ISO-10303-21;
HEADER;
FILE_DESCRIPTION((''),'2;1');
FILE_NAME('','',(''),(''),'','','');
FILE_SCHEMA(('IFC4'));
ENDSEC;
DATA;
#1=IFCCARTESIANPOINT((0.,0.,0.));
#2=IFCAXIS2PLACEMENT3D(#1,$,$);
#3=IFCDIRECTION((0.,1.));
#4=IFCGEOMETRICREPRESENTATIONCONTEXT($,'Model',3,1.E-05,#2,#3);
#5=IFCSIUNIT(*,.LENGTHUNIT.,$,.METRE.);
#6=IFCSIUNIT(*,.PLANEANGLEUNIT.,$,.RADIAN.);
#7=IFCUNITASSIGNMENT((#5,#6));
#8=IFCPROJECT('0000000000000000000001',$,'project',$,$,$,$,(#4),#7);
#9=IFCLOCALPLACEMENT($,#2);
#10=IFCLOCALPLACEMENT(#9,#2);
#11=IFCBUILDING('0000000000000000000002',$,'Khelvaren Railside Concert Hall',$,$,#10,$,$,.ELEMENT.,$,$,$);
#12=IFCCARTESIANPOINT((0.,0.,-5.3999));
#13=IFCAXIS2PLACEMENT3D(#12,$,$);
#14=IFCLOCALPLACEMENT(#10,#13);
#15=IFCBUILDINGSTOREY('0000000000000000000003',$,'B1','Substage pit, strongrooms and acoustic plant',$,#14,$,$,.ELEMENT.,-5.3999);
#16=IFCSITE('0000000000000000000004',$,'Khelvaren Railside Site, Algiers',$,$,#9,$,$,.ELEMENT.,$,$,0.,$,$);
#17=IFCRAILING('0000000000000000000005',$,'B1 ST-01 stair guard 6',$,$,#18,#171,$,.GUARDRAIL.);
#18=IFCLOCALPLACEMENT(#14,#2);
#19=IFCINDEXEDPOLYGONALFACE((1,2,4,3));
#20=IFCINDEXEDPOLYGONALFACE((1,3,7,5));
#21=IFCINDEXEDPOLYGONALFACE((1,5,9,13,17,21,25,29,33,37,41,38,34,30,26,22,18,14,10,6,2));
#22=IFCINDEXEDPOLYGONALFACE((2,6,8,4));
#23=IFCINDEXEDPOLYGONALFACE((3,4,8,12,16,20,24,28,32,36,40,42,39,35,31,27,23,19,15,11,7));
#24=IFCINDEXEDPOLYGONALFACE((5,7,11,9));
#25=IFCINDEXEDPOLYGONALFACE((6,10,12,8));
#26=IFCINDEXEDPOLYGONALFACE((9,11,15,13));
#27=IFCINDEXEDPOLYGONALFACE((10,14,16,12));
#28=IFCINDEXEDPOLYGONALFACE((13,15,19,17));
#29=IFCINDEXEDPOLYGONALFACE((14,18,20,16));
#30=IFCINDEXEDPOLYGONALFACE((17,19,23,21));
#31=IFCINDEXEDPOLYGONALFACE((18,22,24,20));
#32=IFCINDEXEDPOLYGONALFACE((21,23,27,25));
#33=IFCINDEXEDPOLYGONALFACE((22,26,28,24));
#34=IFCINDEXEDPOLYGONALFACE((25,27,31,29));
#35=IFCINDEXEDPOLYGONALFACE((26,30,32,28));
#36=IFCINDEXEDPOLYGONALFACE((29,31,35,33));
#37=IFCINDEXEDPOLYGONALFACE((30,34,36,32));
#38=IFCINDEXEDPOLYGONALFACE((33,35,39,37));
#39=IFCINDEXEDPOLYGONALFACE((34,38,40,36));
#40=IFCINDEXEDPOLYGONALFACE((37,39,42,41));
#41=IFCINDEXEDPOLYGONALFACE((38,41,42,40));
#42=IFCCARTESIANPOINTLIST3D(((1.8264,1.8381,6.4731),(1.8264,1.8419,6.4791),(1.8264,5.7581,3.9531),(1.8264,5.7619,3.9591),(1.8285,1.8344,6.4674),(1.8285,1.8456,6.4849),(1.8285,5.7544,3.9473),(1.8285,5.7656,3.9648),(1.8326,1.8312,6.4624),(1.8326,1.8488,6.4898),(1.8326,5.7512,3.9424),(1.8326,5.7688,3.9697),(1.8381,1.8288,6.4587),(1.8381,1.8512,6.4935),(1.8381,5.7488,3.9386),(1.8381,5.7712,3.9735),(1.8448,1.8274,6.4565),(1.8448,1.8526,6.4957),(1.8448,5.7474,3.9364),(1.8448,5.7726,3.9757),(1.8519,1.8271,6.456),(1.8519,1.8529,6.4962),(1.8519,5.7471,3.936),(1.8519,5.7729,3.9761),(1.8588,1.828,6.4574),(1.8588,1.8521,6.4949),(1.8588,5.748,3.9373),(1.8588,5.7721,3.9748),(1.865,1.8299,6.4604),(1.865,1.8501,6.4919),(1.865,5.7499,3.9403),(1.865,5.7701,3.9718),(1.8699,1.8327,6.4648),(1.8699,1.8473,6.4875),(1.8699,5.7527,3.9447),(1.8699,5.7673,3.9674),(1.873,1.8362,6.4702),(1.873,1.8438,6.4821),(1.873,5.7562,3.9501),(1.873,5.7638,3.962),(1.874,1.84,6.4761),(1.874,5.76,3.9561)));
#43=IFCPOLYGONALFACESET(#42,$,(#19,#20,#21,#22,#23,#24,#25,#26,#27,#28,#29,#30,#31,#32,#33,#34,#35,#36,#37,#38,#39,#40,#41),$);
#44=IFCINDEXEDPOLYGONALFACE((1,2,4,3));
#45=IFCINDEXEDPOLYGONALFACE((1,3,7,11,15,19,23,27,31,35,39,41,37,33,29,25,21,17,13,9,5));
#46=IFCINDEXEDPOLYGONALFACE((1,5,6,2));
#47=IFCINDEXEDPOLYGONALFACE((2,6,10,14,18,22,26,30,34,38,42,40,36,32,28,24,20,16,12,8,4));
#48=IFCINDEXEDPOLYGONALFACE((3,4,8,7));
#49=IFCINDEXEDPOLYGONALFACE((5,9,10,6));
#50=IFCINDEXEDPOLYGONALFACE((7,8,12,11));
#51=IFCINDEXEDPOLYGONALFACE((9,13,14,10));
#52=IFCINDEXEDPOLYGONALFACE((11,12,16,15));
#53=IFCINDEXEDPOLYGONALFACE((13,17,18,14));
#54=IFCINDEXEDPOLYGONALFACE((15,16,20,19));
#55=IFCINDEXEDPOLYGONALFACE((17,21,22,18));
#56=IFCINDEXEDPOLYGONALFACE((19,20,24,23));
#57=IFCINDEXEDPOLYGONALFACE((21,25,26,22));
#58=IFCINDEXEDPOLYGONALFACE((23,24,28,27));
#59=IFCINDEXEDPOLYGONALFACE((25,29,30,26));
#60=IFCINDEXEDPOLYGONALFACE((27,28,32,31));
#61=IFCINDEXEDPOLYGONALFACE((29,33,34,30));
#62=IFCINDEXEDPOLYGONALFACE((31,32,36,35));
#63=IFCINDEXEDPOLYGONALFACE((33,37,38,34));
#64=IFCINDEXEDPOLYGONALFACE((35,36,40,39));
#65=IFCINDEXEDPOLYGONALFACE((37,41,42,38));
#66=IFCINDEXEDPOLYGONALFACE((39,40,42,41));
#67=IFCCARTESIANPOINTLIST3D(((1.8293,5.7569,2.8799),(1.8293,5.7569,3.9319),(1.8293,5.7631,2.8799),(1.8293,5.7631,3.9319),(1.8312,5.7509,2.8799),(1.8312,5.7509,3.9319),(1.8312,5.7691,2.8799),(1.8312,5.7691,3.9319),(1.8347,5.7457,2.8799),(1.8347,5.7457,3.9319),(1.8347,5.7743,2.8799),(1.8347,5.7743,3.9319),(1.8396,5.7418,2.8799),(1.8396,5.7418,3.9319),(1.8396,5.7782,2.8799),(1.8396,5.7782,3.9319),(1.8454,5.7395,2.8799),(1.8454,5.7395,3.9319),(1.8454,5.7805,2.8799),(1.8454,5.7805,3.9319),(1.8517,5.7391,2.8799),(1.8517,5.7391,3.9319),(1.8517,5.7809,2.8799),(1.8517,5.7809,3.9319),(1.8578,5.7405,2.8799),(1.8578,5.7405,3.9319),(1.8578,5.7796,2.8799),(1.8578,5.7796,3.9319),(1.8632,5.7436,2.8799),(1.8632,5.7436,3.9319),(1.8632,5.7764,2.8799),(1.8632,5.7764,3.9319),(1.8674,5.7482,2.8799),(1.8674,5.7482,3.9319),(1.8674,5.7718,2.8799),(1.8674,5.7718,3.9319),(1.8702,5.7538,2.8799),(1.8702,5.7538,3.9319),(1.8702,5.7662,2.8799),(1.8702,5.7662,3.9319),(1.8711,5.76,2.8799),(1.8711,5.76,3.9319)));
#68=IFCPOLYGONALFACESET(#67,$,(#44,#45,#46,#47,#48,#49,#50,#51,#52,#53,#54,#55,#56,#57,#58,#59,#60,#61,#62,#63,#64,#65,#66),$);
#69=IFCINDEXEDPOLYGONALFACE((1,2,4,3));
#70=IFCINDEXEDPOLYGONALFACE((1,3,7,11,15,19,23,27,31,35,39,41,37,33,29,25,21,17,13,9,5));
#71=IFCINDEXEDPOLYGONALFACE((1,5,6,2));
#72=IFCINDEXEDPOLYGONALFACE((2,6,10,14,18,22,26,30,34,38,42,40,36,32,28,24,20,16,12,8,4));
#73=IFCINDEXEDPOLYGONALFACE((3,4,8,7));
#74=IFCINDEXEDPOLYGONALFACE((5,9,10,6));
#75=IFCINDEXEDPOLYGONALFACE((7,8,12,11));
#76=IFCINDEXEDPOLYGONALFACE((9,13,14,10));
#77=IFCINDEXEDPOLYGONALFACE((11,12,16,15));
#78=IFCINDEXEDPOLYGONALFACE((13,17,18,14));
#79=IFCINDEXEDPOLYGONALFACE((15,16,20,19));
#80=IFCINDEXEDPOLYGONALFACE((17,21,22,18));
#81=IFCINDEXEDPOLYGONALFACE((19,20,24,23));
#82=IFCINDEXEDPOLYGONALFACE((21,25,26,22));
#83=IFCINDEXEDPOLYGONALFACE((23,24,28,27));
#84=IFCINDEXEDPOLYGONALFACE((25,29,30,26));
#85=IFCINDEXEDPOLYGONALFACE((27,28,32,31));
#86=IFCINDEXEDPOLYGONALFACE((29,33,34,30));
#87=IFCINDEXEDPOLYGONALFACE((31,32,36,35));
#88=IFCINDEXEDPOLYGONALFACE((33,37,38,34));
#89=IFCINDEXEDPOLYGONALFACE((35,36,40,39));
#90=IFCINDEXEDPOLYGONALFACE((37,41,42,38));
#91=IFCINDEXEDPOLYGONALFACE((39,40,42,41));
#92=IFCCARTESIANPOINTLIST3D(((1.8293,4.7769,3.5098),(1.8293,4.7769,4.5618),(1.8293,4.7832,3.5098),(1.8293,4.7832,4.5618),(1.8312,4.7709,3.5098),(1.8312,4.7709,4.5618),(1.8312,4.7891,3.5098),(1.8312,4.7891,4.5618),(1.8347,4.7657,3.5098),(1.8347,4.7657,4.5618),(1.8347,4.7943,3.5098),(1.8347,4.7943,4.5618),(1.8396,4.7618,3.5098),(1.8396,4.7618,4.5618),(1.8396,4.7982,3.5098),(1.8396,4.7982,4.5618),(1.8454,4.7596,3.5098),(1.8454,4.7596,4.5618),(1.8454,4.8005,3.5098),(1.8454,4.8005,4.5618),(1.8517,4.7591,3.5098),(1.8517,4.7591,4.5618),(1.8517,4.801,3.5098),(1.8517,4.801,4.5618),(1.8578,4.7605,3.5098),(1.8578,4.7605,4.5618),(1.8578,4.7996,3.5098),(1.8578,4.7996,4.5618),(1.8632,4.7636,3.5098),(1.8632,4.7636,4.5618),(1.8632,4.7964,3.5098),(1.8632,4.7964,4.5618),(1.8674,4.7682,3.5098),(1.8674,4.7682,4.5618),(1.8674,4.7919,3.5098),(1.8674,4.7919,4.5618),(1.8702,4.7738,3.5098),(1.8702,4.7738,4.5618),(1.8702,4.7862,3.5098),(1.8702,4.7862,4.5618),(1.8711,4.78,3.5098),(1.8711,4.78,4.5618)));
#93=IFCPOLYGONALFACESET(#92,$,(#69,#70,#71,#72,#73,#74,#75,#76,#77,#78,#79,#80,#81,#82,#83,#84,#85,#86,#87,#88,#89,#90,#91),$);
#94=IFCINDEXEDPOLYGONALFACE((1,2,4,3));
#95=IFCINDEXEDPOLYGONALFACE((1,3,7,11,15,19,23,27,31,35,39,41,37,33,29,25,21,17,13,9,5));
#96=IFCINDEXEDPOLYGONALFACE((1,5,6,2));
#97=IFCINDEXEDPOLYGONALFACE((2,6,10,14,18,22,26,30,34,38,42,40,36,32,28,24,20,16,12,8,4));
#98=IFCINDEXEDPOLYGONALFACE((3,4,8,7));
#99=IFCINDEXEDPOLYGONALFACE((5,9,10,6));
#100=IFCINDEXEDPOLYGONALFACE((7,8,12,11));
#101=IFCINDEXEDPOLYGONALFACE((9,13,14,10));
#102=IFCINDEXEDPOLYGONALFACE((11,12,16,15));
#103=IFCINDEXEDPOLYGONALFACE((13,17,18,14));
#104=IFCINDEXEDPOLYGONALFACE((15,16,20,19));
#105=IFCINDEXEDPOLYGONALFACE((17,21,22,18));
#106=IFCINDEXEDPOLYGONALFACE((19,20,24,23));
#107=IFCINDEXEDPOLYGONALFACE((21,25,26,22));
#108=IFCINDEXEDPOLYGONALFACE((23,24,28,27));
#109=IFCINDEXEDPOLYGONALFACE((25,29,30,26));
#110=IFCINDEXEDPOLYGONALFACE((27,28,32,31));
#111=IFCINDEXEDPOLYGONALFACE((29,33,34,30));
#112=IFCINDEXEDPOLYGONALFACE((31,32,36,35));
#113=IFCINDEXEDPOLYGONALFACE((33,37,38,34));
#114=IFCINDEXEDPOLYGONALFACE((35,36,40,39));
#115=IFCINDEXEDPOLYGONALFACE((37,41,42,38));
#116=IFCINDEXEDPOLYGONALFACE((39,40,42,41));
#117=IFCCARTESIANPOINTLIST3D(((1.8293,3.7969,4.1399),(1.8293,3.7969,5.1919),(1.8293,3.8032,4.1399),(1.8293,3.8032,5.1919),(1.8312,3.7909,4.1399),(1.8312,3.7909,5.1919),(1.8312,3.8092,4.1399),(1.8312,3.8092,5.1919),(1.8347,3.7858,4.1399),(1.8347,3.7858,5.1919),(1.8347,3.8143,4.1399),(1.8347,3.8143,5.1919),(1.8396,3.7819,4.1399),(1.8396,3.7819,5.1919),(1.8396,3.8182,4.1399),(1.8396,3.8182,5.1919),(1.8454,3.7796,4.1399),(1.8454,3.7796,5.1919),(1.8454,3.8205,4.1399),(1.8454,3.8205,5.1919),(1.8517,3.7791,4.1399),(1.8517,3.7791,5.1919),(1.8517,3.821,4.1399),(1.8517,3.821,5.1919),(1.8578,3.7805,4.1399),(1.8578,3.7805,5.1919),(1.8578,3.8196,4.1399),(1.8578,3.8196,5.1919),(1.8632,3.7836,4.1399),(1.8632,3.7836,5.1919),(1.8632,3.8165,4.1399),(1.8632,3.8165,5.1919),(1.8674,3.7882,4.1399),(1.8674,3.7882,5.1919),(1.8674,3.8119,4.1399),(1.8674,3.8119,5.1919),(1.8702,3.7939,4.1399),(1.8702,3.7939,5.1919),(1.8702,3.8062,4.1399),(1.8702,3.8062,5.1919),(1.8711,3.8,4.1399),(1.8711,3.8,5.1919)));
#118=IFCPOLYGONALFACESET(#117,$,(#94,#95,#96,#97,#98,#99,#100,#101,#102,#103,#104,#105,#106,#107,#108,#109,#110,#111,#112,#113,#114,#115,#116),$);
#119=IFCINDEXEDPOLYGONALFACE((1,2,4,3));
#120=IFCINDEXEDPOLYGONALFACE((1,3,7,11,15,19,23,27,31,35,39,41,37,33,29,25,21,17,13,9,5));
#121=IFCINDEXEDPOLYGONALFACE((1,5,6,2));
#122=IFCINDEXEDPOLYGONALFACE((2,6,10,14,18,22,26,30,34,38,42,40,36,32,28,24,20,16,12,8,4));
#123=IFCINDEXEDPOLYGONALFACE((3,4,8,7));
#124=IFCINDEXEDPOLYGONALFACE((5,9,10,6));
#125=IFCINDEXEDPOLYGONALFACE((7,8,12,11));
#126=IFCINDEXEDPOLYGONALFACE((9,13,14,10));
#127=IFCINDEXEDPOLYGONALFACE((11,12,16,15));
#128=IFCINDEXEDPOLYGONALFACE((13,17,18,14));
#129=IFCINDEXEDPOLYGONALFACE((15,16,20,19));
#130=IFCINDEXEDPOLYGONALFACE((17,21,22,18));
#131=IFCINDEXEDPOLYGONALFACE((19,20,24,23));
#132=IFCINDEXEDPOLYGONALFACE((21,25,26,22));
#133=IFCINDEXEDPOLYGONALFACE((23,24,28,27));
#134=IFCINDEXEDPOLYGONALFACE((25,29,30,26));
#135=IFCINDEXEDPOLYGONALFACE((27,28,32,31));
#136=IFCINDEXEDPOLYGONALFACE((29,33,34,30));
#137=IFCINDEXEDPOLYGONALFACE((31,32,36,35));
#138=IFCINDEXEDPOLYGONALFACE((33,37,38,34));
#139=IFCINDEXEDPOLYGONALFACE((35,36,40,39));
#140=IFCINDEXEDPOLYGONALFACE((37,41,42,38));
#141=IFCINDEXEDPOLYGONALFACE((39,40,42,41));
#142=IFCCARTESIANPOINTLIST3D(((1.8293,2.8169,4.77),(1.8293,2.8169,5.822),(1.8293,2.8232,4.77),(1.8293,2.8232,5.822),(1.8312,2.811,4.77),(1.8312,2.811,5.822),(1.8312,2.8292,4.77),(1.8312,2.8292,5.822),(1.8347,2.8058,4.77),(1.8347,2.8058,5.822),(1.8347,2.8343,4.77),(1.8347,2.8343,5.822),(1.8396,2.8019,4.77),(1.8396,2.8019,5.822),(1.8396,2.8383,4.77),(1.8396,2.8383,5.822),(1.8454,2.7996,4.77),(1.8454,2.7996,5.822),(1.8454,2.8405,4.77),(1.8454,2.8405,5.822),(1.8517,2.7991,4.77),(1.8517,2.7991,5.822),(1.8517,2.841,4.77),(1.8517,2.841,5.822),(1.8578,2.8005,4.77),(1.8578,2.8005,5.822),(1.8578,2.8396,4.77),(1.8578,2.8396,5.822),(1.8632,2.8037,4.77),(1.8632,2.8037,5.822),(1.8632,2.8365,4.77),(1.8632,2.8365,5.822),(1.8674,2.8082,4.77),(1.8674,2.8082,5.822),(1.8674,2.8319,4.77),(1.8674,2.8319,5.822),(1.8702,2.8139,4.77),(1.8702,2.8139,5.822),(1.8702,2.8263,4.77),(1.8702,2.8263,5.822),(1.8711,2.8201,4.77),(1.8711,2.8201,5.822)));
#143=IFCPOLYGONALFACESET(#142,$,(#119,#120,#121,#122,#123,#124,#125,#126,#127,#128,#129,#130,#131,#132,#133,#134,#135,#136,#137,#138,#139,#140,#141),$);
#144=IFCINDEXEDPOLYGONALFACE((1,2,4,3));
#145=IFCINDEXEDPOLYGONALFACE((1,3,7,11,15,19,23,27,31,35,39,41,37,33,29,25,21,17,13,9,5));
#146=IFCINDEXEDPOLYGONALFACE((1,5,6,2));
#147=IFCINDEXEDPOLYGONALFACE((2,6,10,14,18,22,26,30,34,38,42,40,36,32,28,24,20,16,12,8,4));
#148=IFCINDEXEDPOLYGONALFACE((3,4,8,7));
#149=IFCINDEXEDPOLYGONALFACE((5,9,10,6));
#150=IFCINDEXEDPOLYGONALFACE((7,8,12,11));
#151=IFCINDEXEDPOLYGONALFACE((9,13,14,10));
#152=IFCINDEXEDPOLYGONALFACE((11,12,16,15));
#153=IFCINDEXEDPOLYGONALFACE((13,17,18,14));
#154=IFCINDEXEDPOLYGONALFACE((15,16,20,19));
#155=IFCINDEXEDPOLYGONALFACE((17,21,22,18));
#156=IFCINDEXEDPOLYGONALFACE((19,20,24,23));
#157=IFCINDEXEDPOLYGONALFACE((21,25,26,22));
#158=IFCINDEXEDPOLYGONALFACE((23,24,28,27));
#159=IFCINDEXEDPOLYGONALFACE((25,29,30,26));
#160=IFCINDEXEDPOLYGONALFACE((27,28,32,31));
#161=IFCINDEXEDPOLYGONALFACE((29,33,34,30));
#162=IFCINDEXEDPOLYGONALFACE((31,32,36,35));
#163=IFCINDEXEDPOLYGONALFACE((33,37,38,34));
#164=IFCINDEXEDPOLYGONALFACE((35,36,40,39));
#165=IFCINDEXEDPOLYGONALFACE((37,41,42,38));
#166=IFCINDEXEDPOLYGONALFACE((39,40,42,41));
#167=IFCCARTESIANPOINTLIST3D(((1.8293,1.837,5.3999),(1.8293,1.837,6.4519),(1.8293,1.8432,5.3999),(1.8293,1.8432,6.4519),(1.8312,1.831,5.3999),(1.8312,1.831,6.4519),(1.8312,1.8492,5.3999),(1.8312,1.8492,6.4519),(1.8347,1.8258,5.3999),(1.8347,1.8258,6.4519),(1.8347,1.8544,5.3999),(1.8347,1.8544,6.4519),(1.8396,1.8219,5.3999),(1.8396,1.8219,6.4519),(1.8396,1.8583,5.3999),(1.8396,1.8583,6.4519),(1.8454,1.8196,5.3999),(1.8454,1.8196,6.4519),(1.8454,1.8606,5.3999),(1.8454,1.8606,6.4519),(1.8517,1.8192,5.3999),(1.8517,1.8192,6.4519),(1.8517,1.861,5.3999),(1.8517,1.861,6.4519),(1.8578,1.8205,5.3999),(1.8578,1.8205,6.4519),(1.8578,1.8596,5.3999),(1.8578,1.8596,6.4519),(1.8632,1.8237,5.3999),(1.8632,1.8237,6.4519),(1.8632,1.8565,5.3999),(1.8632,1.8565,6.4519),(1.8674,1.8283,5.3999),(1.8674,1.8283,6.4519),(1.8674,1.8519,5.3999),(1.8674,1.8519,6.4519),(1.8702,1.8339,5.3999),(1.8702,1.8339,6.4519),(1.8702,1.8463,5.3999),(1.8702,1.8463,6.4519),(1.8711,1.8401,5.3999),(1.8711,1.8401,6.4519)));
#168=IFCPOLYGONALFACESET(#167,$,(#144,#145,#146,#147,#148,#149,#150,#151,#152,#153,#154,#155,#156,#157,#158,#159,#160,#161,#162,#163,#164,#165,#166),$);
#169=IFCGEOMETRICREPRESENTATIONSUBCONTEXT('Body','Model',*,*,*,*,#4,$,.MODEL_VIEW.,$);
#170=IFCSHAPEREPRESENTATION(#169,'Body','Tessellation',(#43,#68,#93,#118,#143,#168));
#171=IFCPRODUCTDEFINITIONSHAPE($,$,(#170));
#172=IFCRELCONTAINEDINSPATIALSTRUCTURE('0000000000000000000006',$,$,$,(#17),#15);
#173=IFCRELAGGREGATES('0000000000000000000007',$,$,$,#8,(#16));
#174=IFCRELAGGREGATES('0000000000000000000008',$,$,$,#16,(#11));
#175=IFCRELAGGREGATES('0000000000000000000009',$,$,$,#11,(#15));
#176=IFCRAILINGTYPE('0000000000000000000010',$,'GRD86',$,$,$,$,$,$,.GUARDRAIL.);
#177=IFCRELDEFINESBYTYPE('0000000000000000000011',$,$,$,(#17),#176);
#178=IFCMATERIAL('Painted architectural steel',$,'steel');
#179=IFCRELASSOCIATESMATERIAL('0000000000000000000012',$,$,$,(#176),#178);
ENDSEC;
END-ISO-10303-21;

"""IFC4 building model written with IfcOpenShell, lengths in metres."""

from ifc_helpers import new_model, si_unit, direction, frame, origin, origin_2d, place, context, subcontext, project, spatial, circle, extrude, material, type_object, element, save


model = new_model("IFC4")

# Units and contexts
model_context = context("Model", 3, precision=1e-05, world=origin(), true_north=direction((0.0, 1.0)))
body_context = subcontext(model_context, "Body", "Model", "MODEL_VIEW")
ifc_project = project(units=[si_unit("LENGTHUNIT", "METRE"), si_unit("PLANEANGLEUNIT", "RADIAN")], contexts=[model_context])

# Site, building, storey
site_placement = place(None, origin())
site = spatial("IfcSite", under=ifc_project, at=site_placement, Name="Khelvaren Railside Site, Algiers", CompositionType="ELEMENT", RefElevation=0.0)
building_placement = place(site_placement, origin())
building = spatial("IfcBuilding", under=site, at=building_placement, Name="Khelvaren Railside Concert Hall", CompositionType="ELEMENT")
storey_placement = place(building_placement, frame((0.0, 0.0, -5.3999)))
storey = spatial("IfcBuildingStorey", under=building, at=storey_placement, Name="B1", Description="Substage pit, strongrooms and acoustic plant", CompositionType="ELEMENT", Elevation=-5.3999)

# Railing
ifc_material_1 = material(Name="Painted architectural steel", Category="steel")
railing_type_1 = type_object("IfcRailingType", Name="GRD86", PredefinedType="GUARDRAIL", material=ifc_material_1)
railing_1_placement = place(storey_placement, frame((1.8501, 5.76, 2.8799)))
element("IfcRailing", 1, at=railing_1_placement, inside=storey, type_object=railing_type_1, Name="B1 ST-01 stair guard 6", PredefinedType="GUARDRAIL", context=body_context, shape_type="SweptSolid", body=[
    extrude(circle(Radius=0.0239, at=origin_2d()), frame((0.0, 0.0, 1.0762), z_axis=(0.0, -0.841172, 0.540768), x_axis=(1.0, 0.0, 0.0)), (0.0, 0.0, 1.0), 4.6602),
    extrude(circle(Radius=0.021, at=origin_2d()), origin(), (0.0, 0.0, 1.0), 1.052),
    extrude(circle(Radius=0.021, at=origin_2d()), frame((0.0, -0.98, 0.6299)), (0.0, 0.0, 1.0), 1.052),
    extrude(circle(Radius=0.021, at=origin_2d()), frame((0.0, -1.96, 1.26)), (0.0, 0.0, 1.0), 1.052),
    extrude(circle(Radius=0.021, at=origin_2d()), frame((0.0, -2.9399, 1.8901)), (0.0, 0.0, 1.0), 1.052),
    extrude(circle(Radius=0.021, at=origin_2d()), frame((0.0, -3.9199, 2.52)), (0.0, 0.0, 1.0), 1.052),
])

save(model, "model.ifc")
